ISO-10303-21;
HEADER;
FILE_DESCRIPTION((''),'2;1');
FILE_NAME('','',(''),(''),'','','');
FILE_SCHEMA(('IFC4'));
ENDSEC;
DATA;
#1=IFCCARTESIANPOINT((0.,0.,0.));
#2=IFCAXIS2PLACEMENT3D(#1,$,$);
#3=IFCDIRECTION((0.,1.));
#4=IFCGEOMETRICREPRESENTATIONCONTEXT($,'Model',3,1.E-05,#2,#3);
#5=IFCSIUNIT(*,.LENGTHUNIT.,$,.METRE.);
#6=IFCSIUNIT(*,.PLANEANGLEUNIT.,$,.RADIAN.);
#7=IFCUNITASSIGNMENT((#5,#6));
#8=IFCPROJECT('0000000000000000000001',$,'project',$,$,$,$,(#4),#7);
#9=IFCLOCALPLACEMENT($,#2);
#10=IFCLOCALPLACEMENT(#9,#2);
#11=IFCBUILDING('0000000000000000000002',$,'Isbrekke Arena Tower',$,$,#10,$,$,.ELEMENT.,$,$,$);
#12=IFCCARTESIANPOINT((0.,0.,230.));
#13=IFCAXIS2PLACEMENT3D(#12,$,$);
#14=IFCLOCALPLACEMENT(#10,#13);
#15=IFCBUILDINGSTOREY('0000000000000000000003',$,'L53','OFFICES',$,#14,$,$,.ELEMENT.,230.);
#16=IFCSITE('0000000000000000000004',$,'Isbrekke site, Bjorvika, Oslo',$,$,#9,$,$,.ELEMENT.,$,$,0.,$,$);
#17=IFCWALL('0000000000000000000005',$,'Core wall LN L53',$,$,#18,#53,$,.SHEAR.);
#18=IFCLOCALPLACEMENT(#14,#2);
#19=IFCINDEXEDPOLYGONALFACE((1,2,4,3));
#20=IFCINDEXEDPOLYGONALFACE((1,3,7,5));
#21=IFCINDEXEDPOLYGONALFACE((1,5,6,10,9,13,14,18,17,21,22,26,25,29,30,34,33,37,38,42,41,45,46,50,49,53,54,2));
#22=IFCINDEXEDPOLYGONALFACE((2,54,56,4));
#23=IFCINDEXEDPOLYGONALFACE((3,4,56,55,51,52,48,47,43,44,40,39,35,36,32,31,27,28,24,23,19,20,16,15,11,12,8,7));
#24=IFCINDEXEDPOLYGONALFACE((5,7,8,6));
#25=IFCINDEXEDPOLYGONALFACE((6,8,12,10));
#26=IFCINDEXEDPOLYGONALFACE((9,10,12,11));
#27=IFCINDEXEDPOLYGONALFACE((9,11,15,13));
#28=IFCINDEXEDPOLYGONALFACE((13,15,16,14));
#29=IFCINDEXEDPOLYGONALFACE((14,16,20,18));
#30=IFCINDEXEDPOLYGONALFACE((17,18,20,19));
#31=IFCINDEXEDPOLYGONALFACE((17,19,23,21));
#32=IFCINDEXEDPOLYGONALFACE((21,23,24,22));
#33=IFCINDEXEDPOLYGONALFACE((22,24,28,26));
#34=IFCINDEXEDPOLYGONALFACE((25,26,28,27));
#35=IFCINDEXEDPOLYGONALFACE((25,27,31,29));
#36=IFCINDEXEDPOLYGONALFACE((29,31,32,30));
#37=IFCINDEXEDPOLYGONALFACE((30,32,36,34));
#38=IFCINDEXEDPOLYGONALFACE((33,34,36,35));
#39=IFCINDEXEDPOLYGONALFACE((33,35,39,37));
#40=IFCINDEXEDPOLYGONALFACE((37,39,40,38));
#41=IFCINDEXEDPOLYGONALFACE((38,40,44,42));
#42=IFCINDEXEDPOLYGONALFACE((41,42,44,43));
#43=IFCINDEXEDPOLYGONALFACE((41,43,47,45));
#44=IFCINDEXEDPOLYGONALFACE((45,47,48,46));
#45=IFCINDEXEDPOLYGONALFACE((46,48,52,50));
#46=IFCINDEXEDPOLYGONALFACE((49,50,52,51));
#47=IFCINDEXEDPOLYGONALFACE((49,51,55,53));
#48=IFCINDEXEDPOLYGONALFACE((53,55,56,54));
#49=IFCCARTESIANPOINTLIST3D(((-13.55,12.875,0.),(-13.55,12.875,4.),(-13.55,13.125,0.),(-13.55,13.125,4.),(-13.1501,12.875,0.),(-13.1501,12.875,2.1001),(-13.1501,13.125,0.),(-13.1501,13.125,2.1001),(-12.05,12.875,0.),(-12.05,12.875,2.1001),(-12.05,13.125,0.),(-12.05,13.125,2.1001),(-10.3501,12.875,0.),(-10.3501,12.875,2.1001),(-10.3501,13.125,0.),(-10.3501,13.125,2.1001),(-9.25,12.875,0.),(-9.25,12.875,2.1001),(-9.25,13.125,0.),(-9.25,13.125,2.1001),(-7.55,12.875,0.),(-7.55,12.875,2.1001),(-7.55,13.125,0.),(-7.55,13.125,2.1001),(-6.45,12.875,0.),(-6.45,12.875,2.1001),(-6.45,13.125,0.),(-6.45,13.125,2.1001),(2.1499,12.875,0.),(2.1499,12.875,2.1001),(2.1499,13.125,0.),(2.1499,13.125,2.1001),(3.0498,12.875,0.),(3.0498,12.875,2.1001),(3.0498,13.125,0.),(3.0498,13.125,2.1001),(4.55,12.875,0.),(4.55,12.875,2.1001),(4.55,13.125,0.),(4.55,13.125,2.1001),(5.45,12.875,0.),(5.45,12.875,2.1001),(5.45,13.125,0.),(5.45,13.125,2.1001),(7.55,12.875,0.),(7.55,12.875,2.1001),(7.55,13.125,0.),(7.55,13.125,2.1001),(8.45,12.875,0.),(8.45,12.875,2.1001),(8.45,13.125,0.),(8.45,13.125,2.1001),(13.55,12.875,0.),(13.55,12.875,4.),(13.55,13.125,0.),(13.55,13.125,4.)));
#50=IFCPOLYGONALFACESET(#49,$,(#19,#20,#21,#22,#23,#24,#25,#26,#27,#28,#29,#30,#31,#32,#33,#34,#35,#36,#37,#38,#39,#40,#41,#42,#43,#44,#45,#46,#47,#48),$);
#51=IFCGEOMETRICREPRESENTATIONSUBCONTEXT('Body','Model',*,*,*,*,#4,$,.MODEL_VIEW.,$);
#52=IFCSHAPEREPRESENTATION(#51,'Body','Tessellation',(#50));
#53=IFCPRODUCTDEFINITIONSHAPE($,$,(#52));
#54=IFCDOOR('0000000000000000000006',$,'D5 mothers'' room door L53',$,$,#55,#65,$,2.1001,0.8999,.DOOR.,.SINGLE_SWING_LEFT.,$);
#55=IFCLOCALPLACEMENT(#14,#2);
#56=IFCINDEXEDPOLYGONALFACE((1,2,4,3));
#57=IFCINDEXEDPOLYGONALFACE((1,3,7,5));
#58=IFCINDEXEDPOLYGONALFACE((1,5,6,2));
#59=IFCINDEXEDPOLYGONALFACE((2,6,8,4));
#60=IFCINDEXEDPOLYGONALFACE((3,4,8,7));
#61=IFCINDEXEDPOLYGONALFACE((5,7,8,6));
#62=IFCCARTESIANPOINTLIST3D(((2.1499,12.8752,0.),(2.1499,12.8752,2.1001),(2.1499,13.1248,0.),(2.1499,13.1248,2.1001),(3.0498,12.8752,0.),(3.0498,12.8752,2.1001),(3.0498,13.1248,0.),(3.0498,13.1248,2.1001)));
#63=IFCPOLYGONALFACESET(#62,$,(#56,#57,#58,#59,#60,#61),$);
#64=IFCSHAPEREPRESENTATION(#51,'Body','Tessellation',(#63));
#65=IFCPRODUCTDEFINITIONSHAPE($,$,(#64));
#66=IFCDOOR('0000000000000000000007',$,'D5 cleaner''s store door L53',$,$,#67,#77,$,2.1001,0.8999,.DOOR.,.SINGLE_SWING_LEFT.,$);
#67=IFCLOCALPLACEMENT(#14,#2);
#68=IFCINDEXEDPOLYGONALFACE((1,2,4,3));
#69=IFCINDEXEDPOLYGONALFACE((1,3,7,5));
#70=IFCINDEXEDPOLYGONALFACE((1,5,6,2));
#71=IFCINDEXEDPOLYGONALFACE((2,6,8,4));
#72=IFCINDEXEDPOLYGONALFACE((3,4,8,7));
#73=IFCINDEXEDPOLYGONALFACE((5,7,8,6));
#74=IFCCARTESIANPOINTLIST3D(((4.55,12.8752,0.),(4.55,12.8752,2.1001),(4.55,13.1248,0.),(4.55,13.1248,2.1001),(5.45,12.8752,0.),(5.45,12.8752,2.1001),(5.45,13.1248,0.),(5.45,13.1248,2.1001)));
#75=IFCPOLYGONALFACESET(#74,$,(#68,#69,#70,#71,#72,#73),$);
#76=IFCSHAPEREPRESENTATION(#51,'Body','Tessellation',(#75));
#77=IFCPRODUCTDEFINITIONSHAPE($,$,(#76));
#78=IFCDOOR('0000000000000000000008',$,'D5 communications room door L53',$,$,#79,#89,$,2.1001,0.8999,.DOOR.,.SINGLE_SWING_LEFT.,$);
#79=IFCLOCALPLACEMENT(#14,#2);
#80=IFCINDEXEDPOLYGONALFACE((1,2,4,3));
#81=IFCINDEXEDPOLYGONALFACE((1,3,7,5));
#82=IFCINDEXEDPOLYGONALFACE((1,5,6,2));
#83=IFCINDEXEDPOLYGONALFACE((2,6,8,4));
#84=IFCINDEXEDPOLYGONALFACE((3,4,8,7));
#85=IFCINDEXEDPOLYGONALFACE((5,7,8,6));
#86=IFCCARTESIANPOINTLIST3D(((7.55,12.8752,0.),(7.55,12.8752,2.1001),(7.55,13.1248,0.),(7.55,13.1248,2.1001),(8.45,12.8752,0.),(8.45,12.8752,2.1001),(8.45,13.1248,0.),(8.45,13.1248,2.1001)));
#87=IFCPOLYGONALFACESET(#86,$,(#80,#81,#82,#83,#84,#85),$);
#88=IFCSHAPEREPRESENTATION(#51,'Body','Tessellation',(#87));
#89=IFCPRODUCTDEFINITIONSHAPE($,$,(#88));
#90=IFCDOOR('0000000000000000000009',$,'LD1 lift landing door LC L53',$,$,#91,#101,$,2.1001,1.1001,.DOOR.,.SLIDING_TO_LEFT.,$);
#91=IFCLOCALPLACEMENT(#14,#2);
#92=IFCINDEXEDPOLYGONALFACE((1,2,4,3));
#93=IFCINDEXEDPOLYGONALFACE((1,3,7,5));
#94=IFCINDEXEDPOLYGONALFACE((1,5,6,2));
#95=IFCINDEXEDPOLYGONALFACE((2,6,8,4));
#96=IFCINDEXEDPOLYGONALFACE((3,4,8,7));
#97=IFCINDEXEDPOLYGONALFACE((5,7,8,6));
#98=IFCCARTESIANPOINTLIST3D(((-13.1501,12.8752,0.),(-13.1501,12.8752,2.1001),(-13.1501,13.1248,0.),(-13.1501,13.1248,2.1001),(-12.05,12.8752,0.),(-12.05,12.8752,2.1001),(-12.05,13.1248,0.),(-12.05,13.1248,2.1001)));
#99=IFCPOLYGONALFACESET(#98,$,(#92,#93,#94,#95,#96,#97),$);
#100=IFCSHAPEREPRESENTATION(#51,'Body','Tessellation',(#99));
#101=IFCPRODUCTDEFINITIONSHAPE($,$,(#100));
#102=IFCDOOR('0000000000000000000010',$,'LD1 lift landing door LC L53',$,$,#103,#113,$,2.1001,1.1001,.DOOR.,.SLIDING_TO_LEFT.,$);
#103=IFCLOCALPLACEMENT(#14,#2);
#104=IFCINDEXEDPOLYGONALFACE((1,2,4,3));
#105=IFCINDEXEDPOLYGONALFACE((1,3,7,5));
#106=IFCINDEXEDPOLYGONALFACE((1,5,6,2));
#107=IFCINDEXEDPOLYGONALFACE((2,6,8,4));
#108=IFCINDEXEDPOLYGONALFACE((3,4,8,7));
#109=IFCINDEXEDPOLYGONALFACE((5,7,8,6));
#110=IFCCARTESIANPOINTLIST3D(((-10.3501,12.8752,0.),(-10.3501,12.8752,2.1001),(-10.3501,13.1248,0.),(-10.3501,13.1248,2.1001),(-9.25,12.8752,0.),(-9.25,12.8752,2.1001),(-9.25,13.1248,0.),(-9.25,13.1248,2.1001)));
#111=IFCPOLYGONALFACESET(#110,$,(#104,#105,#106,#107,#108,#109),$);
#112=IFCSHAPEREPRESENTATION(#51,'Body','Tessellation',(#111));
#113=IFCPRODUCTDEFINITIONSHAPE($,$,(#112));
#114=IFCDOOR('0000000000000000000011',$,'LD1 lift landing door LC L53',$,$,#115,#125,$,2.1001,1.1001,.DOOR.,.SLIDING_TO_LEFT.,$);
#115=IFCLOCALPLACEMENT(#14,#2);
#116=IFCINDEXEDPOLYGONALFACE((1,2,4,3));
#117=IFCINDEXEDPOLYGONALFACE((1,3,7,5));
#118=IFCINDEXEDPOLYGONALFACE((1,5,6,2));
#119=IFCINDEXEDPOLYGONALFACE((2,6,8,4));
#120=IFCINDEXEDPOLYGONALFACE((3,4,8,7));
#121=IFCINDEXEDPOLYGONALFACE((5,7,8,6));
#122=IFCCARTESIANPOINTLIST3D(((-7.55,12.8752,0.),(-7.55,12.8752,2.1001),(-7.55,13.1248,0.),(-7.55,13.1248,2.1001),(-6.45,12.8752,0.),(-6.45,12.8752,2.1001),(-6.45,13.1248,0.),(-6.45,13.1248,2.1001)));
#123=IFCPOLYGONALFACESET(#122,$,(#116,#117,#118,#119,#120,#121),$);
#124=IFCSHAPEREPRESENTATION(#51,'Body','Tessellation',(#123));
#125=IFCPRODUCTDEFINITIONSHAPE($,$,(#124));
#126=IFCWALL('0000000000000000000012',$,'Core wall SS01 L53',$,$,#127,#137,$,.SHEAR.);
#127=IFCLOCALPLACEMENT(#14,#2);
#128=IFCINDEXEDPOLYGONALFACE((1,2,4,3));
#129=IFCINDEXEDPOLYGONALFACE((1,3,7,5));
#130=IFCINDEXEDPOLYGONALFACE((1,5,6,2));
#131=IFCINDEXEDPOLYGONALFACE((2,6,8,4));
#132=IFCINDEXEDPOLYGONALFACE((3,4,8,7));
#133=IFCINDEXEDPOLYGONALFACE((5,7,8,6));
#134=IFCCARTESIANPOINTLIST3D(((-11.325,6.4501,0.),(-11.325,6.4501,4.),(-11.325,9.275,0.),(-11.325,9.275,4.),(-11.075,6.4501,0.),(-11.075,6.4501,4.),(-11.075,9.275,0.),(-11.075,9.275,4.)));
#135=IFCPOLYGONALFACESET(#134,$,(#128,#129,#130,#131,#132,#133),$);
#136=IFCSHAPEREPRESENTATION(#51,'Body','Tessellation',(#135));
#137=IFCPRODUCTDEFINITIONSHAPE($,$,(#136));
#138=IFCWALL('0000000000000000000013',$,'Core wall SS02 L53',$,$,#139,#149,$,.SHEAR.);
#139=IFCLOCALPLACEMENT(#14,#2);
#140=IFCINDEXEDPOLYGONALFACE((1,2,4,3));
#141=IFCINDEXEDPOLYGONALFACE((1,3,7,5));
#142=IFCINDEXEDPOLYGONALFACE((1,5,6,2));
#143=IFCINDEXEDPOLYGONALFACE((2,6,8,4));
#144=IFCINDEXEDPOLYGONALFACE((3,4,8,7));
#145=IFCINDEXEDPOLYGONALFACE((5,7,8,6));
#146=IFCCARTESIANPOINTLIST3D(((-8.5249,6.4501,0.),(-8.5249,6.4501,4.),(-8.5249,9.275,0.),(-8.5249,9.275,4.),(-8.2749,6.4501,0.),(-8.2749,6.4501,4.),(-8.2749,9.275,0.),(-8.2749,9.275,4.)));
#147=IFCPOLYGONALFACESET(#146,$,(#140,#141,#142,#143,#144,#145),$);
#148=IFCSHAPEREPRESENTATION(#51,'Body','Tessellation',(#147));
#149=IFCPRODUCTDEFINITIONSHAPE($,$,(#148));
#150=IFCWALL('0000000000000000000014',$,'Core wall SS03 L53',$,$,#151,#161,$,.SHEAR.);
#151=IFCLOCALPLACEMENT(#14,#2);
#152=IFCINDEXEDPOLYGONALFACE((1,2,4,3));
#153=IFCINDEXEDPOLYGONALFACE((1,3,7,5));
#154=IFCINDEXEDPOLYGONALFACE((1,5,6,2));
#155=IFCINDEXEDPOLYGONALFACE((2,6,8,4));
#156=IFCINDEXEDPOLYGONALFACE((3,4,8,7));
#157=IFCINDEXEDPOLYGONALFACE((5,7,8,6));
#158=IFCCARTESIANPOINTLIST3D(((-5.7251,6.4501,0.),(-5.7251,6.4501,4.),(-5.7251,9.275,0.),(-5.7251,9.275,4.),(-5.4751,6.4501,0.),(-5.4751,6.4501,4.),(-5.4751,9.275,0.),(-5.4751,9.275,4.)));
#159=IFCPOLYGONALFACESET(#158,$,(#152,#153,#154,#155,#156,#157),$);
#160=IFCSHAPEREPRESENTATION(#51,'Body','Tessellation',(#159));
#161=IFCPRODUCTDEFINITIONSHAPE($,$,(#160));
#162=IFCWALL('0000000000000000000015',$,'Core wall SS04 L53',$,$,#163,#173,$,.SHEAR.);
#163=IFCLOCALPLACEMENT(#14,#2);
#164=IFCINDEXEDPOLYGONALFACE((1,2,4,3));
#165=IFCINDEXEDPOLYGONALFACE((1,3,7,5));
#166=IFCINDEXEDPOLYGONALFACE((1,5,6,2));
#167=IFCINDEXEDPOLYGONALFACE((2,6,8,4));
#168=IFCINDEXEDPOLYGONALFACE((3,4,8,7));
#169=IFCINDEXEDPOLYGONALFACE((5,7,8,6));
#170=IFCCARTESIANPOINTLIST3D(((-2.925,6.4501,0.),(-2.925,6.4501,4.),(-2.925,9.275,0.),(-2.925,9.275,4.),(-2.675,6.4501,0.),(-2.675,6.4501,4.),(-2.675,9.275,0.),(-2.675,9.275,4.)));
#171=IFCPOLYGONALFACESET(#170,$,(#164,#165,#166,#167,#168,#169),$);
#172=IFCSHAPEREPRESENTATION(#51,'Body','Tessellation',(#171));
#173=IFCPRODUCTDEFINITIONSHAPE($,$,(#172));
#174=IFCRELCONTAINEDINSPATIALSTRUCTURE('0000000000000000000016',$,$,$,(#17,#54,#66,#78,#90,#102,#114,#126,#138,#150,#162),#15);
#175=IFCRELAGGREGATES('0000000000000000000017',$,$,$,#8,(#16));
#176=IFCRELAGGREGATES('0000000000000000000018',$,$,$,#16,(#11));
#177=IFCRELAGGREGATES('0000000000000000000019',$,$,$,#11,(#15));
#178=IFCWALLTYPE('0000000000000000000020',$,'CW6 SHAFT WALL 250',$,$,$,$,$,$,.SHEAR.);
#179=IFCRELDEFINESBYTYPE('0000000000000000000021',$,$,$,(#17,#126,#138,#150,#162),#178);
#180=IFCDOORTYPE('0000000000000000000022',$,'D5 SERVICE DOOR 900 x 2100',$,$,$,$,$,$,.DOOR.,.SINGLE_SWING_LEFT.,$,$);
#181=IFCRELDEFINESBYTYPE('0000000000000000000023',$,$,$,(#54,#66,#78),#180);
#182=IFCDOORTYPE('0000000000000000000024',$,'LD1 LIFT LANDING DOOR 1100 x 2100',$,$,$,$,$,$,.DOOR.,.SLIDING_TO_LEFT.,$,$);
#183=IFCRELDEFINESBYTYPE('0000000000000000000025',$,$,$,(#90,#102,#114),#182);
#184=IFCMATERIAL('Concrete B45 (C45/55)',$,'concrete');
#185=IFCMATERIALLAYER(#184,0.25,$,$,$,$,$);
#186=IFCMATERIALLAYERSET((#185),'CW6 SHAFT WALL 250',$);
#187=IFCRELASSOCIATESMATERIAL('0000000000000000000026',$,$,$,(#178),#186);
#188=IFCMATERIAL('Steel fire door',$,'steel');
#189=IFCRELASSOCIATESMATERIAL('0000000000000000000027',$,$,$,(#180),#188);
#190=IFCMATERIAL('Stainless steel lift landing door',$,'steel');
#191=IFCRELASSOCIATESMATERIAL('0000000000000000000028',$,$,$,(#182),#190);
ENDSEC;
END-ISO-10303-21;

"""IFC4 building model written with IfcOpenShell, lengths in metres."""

from ifc_helpers import new_model, si_unit, direction, frame, frame_2d, origin, place, context, subcontext, project, spatial, rectangle, extrude, material, layer, layer_set, type_object, element, fill, save


model = new_model("IFC4")

# Units and contexts
model_context = context("Model", 3, precision=1e-05, world=origin(), true_north=direction((0.0, 1.0)))
body_context = subcontext(model_context, "Body", "Model", "MODEL_VIEW")
ifc_project = project(units=[si_unit("LENGTHUNIT", "METRE"), si_unit("PLANEANGLEUNIT", "RADIAN")], contexts=[model_context])

# Site, building, storey
site_placement = place(None, origin())
site = spatial("IfcSite", under=ifc_project, at=site_placement, Name="Isbrekke site, Bjorvika, Oslo", CompositionType="ELEMENT", RefElevation=0.0)
building_placement = place(site_placement, origin())
building = spatial("IfcBuilding", under=site, at=building_placement, Name="Isbrekke Arena Tower", CompositionType="ELEMENT")
storey_placement = place(building_placement, frame((0.0, 0.0, 230.0)))
storey = spatial("IfcBuildingStorey", under=building, at=storey_placement, Name="L53", Description="OFFICES", CompositionType="ELEMENT", Elevation=230.0)

# Wall, openings, doors
ifc_material_1 = material(Name="Concrete B45 (C45/55)", Category="concrete")
ifc_layer_1 = layer(ifc_material_1, 0.25)
ifc_layer_set_1 = layer_set([ifc_layer_1], Name="CW6 SHAFT WALL 250")
wall_type_1 = type_object("IfcWallType", Name="CW6 SHAFT WALL 250", PredefinedType="SHEAR", material=ifc_layer_set_1)
ifc_material_2 = material(Name="Steel fire door", Category="steel")
door_type_1 = type_object("IfcDoorType", Name="D5 SERVICE DOOR 900 x 2100", OperationType="SINGLE_SWING_LEFT", PredefinedType="DOOR", material=ifc_material_2)
ifc_material_3 = material(Name="Stainless steel lift landing door", Category="steel")
door_type_2 = type_object("IfcDoorType", Name="LD1 LIFT LANDING DOOR 1100 x 2100", OperationType="SLIDING_TO_LEFT", PredefinedType="DOOR", material=ifc_material_3)
wall_1_placement = place(storey_placement, frame((-13.55, 13.0, 0.0), z_axis=(0.0, 0.0, 1.0), x_axis=(1.0, 0.0, 0.0)))
wall_1 = element("IfcWall", 1, at=wall_1_placement, inside=storey, type_object=wall_type_1, Name="Core wall LN L53", PredefinedType="SHEAR", context=body_context, shape_type="SweptSolid", body=[
    extrude(rectangle(XDim=27.1001, YDim=0.25, at=frame_2d((13.55, 0.0))), origin(), (0.0, 0.0, 1.0), 4.0),
])
opening_1_placement = place(wall_1_placement, frame((0.3999, 0.0, 0.0)))
opening_1 = element("IfcOpeningElement", 2, at=opening_1_placement, cuts=wall_1, PredefinedType="OPENING", context=body_context, shape_type="SweptSolid", body=[
    extrude(rectangle(XDim=1.1001, YDim=2.1001, at=frame_2d((0.55, 1.05))), frame((0.0, 0.1399, 0.0), z_axis=(0.0, -1.0, 0.0), x_axis=(1.0, 0.0, 0.0)), (0.0, 0.0, 1.0), 0.2798),
])
opening_2_placement = place(wall_1_placement, frame((3.2, 0.0, 0.0)))
opening_2 = element("IfcOpeningElement", 3, at=opening_2_placement, cuts=wall_1, PredefinedType="OPENING", context=body_context, shape_type="SweptSolid", body=[
    extrude(rectangle(XDim=1.1001, YDim=2.1001, at=frame_2d((0.55, 1.05))), frame((0.0, 0.1399, 0.0), z_axis=(0.0, -1.0, 0.0), x_axis=(1.0, 0.0, 0.0)), (0.0, 0.0, 1.0), 0.2798),
])
opening_3_placement = place(wall_1_placement, frame((6.0, 0.0, 0.0)))
opening_3 = element("IfcOpeningElement", 4, at=opening_3_placement, cuts=wall_1, PredefinedType="OPENING", context=body_context, shape_type="SweptSolid", body=[
    extrude(rectangle(XDim=1.1001, YDim=2.1001, at=frame_2d((0.55, 1.05))), frame((0.0, 0.1399, 0.0), z_axis=(0.0, -1.0, 0.0), x_axis=(1.0, 0.0, 0.0)), (0.0, 0.0, 1.0), 0.2798),
])
opening_4_placement = place(wall_1_placement, frame((15.7, 0.0, 0.0)))
opening_4 = element("IfcOpeningElement", 5, at=opening_4_placement, cuts=wall_1, PredefinedType="OPENING", context=body_context, shape_type="SweptSolid", body=[
    extrude(rectangle(XDim=0.8999, YDim=2.1001, at=frame_2d((0.45, 1.05))), frame((0.0, 0.1399, 0.0), z_axis=(0.0, -1.0, 0.0), x_axis=(1.0, 0.0, 0.0)), (0.0, 0.0, 1.0), 0.2798),
])
opening_5_placement = place(wall_1_placement, frame((18.1001, 0.0, 0.0)))
opening_5 = element("IfcOpeningElement", 6, at=opening_5_placement, cuts=wall_1, PredefinedType="OPENING", context=body_context, shape_type="SweptSolid", body=[
    extrude(rectangle(XDim=0.8999, YDim=2.1001, at=frame_2d((0.45, 1.05))), frame((0.0, 0.1399, 0.0), z_axis=(0.0, -1.0, 0.0), x_axis=(1.0, 0.0, 0.0)), (0.0, 0.0, 1.0), 0.2798),
])
opening_6_placement = place(wall_1_placement, frame((21.1001, 0.0, 0.0)))
opening_6 = element("IfcOpeningElement", 7, at=opening_6_placement, cuts=wall_1, PredefinedType="OPENING", context=body_context, shape_type="SweptSolid", body=[
    extrude(rectangle(XDim=0.8999, YDim=2.1001, at=frame_2d((0.45, 1.05))), frame((0.0, 0.1399, 0.0), z_axis=(0.0, -1.0, 0.0), x_axis=(1.0, 0.0, 0.0)), (0.0, 0.0, 1.0), 0.2798),
])
door_1_placement = place(opening_4_placement, origin())
door_1 = element("IfcDoor", 8, at=door_1_placement, inside=storey, type_object=door_type_1, Name="D5 mothers' room door L53", OperationType="SINGLE_SWING_LEFT", OverallHeight=2.1001, OverallWidth=0.8999, PredefinedType="DOOR", context=body_context, shape_type="SweptSolid", body=[
    extrude(rectangle(XDim=0.8999, YDim=2.1001, at=frame_2d((0.45, 1.05))), frame((0.0, 0.1248, 0.0), z_axis=(0.0, -1.0, 0.0), x_axis=(1.0, 0.0, 0.0)), (0.0, 0.0, 1.0), 0.2495),
])
fill(opening_4, door_1)
door_2_placement = place(opening_5_placement, origin())
door_2 = element("IfcDoor", 9, at=door_2_placement, inside=storey, type_object=door_type_1, Name="D5 cleaner's store door L53", OperationType="SINGLE_SWING_LEFT", OverallHeight=2.1001, OverallWidth=0.8999, PredefinedType="DOOR", context=body_context, shape_type="SweptSolid", body=[
    extrude(rectangle(XDim=0.8999, YDim=2.1001, at=frame_2d((0.45, 1.05))), frame((0.0, 0.1248, 0.0), z_axis=(0.0, -1.0, 0.0), x_axis=(1.0, 0.0, 0.0)), (0.0, 0.0, 1.0), 0.2495),
])
fill(opening_5, door_2)
door_3_placement = place(opening_6_placement, origin())
door_3 = element("IfcDoor", 10, at=door_3_placement, inside=storey, type_object=door_type_1, Name="D5 communications room door L53", OperationType="SINGLE_SWING_LEFT", OverallHeight=2.1001, OverallWidth=0.8999, PredefinedType="DOOR", context=body_context, shape_type="SweptSolid", body=[
    extrude(rectangle(XDim=0.8999, YDim=2.1001, at=frame_2d((0.45, 1.05))), frame((0.0, 0.1248, 0.0), z_axis=(0.0, -1.0, 0.0), x_axis=(1.0, 0.0, 0.0)), (0.0, 0.0, 1.0), 0.2495),
])
fill(opening_6, door_3)
door_4_placement = place(opening_1_placement, origin())
door_4 = element("IfcDoor", 11, at=door_4_placement, inside=storey, type_object=door_type_2, Name="LD1 lift landing door LC L53", OperationType="SLIDING_TO_LEFT", OverallHeight=2.1001, OverallWidth=1.1001, PredefinedType="DOOR", context=body_context, shape_type="SweptSolid", body=[
    extrude(rectangle(XDim=1.1001, YDim=2.1001, at=frame_2d((0.55, 1.05))), frame((0.0, 0.1248, 0.0), z_axis=(0.0, -1.0, 0.0), x_axis=(1.0, 0.0, 0.0)), (0.0, 0.0, 1.0), 0.2495),
])
fill(opening_1, door_4)
door_5_placement = place(opening_2_placement, origin())
door_5 = element("IfcDoor", 12, at=door_5_placement, inside=storey, type_object=door_type_2, Name="LD1 lift landing door LC L53", OperationType="SLIDING_TO_LEFT", OverallHeight=2.1001, OverallWidth=1.1001, PredefinedType="DOOR", context=body_context, shape_type="SweptSolid", body=[
    extrude(rectangle(XDim=1.1001, YDim=2.1001, at=frame_2d((0.55, 1.05))), frame((0.0, 0.1248, 0.0), z_axis=(0.0, -1.0, 0.0), x_axis=(1.0, 0.0, 0.0)), (0.0, 0.0, 1.0), 0.2495),
])
fill(opening_2, door_5)
door_6_placement = place(opening_3_placement, origin())
door_6 = element("IfcDoor", 13, at=door_6_placement, inside=storey, type_object=door_type_2, Name="LD1 lift landing door LC L53", OperationType="SLIDING_TO_LEFT", OverallHeight=2.1001, OverallWidth=1.1001, PredefinedType="DOOR", context=body_context, shape_type="SweptSolid", body=[
    extrude(rectangle(XDim=1.1001, YDim=2.1001, at=frame_2d((0.55, 1.05))), frame((0.0, 0.1248, 0.0), z_axis=(0.0, -1.0, 0.0), x_axis=(1.0, 0.0, 0.0)), (0.0, 0.0, 1.0), 0.2495),
])
fill(opening_3, door_6)

# Walls
for number, where, z_axis, x_axis, name in (
    (14, (-11.2, 6.45, 0.0), (0.0, 0.0, 1.0), (0.0, 1.0, 0.0), "Core wall SS01 L53"),
    (15, (-8.3999, 6.45, 0.0), (0.0, 0.0, 1.0), (0.0, 1.0, 0.0), "Core wall SS02 L53"),
    (16, (-5.6001, 6.45, 0.0), (0.0, 0.0, 1.0), (0.0, 1.0, 0.0), "Core wall SS03 L53"),
    (17, (-2.8, 6.45, 0.0), (0.0, 0.0, 1.0), (0.0, 1.0, 0.0), "Core wall SS04 L53"),
):
    element("IfcWall", number, at=place(storey_placement, frame(where, z_axis=z_axis, x_axis=x_axis)), inside=storey, type_object=wall_type_1, Name=name, PredefinedType="SHEAR", context=body_context, shape_type="SweptSolid", body=[
        extrude(rectangle(XDim=2.825, YDim=0.25, at=frame_2d((1.4126, 0.0))), origin(), (0.0, 0.0, 1.0), 4.0),
    ])

save(model, "model.ifc")
